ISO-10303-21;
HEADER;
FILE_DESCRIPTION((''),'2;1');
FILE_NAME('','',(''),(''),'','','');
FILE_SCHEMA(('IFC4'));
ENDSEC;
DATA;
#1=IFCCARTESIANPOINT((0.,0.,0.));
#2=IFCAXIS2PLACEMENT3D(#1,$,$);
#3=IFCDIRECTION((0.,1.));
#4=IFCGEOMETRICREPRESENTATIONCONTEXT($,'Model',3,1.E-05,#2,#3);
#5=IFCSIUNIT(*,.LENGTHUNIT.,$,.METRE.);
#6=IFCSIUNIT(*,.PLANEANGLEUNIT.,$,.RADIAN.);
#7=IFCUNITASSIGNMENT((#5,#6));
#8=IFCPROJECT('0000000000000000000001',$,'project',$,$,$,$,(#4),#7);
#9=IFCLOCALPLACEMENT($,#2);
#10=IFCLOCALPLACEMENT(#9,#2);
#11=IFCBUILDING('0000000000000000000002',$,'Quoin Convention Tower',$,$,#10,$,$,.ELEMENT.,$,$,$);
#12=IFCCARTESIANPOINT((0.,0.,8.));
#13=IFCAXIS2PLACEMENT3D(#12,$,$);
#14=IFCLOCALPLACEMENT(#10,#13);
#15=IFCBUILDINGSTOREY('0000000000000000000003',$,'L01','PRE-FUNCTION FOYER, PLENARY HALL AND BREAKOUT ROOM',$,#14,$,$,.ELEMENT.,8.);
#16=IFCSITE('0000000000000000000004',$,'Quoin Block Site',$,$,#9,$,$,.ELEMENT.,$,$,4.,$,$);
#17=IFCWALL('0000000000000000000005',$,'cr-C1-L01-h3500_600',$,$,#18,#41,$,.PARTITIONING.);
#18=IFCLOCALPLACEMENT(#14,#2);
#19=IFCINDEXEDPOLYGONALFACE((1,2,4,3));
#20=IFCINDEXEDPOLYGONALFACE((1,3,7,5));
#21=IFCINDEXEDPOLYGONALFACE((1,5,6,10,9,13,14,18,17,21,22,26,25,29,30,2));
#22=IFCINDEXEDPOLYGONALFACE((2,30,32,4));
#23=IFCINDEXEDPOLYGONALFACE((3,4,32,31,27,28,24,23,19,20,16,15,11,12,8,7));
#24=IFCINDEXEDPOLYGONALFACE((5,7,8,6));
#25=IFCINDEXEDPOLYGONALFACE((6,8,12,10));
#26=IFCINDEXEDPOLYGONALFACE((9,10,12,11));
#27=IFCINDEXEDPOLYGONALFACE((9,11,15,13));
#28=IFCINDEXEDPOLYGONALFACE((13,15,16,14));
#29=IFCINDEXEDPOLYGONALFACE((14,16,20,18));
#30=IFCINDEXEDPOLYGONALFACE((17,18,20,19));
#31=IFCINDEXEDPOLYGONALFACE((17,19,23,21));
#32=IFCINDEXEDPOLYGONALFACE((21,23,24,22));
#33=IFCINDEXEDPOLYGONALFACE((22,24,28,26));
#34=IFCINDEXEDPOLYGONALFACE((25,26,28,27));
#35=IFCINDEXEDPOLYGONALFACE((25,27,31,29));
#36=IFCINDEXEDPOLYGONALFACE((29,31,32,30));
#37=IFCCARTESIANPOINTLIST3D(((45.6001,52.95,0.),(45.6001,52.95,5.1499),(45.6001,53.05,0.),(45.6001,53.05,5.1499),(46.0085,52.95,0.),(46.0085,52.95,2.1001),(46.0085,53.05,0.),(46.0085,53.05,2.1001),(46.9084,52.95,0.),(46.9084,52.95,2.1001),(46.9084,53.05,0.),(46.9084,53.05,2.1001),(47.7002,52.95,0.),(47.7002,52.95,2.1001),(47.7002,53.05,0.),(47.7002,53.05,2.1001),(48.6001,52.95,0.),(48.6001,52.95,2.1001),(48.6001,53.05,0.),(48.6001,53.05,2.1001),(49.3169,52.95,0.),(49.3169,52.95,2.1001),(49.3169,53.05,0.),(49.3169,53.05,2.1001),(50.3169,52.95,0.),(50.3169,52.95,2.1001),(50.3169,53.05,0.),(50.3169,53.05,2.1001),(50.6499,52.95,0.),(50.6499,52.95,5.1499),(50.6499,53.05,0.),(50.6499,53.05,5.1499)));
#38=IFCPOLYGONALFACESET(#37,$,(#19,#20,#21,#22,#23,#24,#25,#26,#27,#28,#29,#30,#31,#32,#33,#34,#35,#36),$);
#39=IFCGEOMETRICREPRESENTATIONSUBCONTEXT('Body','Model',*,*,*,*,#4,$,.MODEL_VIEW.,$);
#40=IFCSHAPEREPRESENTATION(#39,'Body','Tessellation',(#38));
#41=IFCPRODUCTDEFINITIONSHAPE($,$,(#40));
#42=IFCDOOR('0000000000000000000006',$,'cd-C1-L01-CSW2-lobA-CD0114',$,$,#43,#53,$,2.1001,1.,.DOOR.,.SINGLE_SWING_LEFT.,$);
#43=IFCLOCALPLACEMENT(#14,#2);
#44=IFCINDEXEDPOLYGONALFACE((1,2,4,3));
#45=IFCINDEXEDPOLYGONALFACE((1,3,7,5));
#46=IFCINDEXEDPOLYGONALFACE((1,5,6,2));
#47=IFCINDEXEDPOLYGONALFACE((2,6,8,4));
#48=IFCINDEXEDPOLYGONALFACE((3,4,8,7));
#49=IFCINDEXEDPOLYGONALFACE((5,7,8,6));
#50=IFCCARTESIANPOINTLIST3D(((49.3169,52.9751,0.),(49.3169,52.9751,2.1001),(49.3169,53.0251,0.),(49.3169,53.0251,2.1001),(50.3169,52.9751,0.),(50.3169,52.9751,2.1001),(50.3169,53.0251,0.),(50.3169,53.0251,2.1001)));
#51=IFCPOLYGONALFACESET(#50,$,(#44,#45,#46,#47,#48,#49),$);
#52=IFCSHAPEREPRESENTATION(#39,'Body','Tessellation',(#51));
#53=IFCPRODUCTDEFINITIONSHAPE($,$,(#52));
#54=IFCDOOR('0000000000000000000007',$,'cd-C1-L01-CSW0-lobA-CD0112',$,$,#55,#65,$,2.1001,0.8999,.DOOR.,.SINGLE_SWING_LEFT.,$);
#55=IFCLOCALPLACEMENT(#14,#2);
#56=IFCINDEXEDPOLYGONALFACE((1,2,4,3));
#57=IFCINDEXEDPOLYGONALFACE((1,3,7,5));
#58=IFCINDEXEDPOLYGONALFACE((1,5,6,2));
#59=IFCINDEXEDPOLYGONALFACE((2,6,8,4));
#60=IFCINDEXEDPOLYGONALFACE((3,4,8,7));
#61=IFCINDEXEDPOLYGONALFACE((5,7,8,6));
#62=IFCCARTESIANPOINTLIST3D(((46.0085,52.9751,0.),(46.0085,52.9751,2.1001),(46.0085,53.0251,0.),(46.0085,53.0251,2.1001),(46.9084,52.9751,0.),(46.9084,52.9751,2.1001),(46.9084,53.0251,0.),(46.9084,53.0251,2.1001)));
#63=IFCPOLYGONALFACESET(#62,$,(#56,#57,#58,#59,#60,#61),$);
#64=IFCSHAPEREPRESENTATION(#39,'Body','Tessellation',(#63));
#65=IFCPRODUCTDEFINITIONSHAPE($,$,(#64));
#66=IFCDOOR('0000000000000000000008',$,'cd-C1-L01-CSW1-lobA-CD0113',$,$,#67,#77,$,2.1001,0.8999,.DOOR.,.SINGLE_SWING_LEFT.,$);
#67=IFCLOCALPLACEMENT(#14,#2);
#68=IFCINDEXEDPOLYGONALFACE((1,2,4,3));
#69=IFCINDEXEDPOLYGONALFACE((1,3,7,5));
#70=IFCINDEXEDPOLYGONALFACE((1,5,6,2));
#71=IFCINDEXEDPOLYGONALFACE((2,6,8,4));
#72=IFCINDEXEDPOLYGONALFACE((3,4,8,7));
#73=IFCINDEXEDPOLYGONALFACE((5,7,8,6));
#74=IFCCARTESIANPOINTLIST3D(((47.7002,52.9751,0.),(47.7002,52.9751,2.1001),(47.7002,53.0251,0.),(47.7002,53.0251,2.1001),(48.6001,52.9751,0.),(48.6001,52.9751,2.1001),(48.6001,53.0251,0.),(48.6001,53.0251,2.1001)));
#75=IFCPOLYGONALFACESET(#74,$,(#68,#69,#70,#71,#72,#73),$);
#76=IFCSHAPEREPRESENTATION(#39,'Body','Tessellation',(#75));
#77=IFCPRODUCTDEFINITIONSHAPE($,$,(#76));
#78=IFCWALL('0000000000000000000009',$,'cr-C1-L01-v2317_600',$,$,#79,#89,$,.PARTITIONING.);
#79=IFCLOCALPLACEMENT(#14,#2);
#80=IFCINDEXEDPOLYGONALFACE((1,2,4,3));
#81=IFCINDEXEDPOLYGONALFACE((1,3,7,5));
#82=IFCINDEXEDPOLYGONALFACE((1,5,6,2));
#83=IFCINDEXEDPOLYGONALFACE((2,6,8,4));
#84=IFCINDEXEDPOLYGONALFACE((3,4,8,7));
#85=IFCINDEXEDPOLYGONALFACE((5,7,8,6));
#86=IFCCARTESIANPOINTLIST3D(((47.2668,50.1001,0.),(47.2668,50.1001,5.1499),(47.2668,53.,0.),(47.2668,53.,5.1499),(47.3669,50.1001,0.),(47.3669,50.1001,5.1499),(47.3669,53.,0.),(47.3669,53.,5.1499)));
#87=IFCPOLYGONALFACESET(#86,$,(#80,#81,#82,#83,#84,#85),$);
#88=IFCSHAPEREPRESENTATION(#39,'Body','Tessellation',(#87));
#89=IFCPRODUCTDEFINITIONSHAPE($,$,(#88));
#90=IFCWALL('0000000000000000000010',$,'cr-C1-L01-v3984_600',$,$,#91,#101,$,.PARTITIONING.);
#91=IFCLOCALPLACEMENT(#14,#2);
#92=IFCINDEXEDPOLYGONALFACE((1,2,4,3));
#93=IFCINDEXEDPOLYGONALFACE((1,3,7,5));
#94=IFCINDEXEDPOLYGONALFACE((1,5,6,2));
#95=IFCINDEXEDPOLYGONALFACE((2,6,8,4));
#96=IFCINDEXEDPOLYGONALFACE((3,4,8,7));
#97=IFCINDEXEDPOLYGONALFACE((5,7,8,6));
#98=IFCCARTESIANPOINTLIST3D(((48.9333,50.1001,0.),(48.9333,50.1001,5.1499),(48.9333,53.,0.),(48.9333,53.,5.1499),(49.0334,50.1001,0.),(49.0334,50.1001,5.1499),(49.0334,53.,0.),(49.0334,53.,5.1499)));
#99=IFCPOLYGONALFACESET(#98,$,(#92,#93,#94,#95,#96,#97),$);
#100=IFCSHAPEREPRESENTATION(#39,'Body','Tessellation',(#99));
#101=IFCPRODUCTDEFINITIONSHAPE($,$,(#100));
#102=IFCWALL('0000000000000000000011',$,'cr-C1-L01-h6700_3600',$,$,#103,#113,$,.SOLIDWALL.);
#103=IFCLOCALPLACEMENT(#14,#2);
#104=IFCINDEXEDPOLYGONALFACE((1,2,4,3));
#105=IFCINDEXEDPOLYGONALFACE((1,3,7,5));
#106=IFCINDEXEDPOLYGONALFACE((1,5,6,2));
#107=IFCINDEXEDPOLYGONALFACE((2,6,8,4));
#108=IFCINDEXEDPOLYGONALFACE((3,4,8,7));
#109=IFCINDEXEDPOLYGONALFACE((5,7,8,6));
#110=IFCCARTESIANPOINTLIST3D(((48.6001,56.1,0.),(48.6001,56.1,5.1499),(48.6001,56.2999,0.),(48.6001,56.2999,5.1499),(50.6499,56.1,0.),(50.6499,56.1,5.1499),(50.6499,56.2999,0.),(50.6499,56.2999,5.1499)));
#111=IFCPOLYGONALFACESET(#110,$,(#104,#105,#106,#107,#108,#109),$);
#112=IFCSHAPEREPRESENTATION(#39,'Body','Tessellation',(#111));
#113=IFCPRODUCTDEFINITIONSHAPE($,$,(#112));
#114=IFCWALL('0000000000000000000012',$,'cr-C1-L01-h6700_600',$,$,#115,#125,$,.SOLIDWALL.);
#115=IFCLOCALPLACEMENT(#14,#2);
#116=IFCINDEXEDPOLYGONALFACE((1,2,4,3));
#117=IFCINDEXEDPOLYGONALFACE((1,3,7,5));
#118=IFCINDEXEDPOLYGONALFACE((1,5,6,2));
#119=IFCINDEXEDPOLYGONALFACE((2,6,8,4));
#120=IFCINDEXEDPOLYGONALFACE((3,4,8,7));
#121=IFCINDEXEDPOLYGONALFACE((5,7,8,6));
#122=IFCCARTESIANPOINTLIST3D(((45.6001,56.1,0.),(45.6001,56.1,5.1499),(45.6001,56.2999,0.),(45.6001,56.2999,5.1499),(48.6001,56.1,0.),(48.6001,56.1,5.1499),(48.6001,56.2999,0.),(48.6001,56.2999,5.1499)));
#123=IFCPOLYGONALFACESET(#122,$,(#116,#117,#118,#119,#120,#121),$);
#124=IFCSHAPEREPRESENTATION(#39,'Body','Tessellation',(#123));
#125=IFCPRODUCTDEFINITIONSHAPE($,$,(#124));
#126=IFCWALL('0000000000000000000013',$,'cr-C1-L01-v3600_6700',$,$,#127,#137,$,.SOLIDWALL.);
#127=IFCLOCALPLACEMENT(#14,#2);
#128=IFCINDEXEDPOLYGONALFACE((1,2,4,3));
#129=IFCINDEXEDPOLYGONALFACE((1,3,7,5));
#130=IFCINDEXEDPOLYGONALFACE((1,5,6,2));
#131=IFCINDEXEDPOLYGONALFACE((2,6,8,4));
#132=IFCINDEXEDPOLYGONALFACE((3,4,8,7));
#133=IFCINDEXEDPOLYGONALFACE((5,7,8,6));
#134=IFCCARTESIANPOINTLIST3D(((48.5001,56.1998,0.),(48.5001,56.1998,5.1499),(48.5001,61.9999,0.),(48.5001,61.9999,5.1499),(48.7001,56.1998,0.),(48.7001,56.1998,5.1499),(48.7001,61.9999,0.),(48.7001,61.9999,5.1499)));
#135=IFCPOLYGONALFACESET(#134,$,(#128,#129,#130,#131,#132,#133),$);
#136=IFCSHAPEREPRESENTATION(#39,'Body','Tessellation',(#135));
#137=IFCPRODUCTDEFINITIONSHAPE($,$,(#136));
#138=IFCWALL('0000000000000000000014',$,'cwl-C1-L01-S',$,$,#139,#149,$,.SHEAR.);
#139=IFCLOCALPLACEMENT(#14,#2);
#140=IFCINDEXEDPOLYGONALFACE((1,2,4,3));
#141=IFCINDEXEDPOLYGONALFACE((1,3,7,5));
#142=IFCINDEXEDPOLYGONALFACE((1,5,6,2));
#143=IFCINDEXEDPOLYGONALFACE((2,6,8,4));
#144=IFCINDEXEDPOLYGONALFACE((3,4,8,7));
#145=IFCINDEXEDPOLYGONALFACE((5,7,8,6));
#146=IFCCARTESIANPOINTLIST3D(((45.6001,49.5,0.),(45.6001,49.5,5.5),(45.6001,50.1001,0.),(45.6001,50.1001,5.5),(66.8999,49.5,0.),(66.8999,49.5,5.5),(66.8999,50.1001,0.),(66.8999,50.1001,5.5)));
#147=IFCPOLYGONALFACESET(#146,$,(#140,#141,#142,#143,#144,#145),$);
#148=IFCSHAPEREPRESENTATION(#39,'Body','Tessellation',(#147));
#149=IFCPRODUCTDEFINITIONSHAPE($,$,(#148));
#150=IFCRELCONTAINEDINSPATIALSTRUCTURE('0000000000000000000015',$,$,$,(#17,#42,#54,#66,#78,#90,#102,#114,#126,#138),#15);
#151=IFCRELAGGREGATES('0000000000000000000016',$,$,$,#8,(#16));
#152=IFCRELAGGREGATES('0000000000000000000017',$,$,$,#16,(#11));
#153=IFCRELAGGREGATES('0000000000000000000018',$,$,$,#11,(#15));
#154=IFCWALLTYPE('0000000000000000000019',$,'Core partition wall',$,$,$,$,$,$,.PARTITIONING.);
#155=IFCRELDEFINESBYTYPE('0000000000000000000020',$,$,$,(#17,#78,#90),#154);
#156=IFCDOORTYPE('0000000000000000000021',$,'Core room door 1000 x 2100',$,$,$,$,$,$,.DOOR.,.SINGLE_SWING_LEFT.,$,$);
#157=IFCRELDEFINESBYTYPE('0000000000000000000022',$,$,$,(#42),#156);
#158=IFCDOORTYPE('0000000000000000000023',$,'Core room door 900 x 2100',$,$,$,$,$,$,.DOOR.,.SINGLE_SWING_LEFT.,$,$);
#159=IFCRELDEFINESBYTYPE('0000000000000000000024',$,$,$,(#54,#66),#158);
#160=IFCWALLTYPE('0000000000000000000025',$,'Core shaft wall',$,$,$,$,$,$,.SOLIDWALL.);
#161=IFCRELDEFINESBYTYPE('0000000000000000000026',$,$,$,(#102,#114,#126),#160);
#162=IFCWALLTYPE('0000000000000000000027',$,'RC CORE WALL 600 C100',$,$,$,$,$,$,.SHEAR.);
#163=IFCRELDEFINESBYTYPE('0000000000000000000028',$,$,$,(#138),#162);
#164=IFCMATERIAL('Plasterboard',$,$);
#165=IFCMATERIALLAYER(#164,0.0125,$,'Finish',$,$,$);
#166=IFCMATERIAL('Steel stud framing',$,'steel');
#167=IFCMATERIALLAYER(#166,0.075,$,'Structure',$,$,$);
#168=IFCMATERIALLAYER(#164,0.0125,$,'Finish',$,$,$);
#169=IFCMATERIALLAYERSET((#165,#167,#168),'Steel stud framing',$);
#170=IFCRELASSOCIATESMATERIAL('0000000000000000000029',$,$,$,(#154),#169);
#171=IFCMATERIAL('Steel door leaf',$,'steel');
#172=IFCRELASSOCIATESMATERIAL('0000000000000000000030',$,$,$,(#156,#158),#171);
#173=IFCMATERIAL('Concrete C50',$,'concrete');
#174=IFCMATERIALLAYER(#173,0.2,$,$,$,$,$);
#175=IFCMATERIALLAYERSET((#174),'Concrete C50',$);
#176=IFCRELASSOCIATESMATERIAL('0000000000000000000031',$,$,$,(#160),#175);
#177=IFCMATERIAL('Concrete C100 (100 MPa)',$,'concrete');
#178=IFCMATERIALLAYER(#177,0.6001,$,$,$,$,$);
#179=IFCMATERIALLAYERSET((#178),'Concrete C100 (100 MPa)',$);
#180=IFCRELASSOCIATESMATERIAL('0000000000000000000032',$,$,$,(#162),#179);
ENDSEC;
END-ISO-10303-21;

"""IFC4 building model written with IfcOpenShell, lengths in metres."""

from ifc_helpers import new_model, si_unit, direction, frame, frame_2d, origin, place, context, subcontext, project, spatial, rectangle, extrude, material, layer, layer_set, type_object, element, fill, save


model = new_model("IFC4")

# Units and contexts
model_context = context("Model", 3, precision=1e-05, world=origin(), true_north=direction((0.0, 1.0)))
body_context = subcontext(model_context, "Body", "Model", "MODEL_VIEW")
ifc_project = project(units=[si_unit("LENGTHUNIT", "METRE"), si_unit("PLANEANGLEUNIT", "RADIAN")], contexts=[model_context])

# Site, building, storey
site_placement = place(None, origin())
site = spatial("IfcSite", under=ifc_project, at=site_placement, Name="Quoin Block Site", CompositionType="ELEMENT", RefElevation=4.0)
building_placement = place(site_placement, origin())
building = spatial("IfcBuilding", under=site, at=building_placement, Name="Quoin Convention Tower", CompositionType="ELEMENT")
storey_placement = place(building_placement, frame((0.0, 0.0, 8.0)))
storey = spatial("IfcBuildingStorey", under=building, at=storey_placement, Name="L01", Description="PRE-FUNCTION FOYER, PLENARY HALL AND BREAKOUT ROOM", CompositionType="ELEMENT", Elevation=8.0)

# Wall, openings, doors
ifc_material_1 = material(Name="Plasterboard")
ifc_layer_1 = layer(ifc_material_1, 0.0125, Name="Finish")
ifc_material_2 = material(Name="Steel stud framing", Category="steel")
ifc_layer_2 = layer(ifc_material_2, 0.075, Name="Structure")
ifc_layer_3 = layer(ifc_material_1, 0.0125, Name="Finish")
ifc_layer_set_1 = layer_set([ifc_layer_1, ifc_layer_2, ifc_layer_3], Name="Steel stud framing")
wall_type_1 = type_object("IfcWallType", Name="Core partition wall", PredefinedType="PARTITIONING", material=ifc_layer_set_1)
wall_1_placement = place(storey_placement, frame((45.6001, 53.0, 0.0), z_axis=(0.0, 0.0, 1.0), x_axis=(1.0, 0.0, 0.0)))
wall_1 = element("IfcWall", 1, at=wall_1_placement, inside=storey, type_object=wall_type_1, Name="cr-C1-L01-h3500_600", PredefinedType="PARTITIONING", context=body_context, shape_type="SweptSolid", body=[
    extrude(rectangle(XDim=5.0498, YDim=0.1001, at=frame_2d((2.5249, 0.0))), origin(), (0.0, 0.0, 1.0), 5.1499),
])
opening_1_placement = place(wall_1_placement, frame((0.4084, 0.0, 0.0)))
opening_1 = element("IfcOpeningElement", 2, at=opening_1_placement, cuts=wall_1, PredefinedType="OPENING", context=body_context, shape_type="SweptSolid", body=[
    extrude(rectangle(XDim=0.8999, YDim=2.1001, at=frame_2d((0.45, 1.05))), frame((0.0, 0.0601, 0.0), z_axis=(0.0, -1.0, 0.0), x_axis=(1.0, 0.0, 0.0)), (0.0, 0.0, 1.0), 0.1201),
])
opening_2_placement = place(wall_1_placement, frame((2.1001, 0.0, 0.0)))
opening_2 = element("IfcOpeningElement", 3, at=opening_2_placement, cuts=wall_1, PredefinedType="OPENING", context=body_context, shape_type="SweptSolid", body=[
    extrude(rectangle(XDim=0.8999, YDim=2.1001, at=frame_2d((0.45, 1.05))), frame((0.0, 0.0601, 0.0), z_axis=(0.0, -1.0, 0.0), x_axis=(1.0, 0.0, 0.0)), (0.0, 0.0, 1.0), 0.1201),
])
opening_3_placement = place(wall_1_placement, frame((3.7168, 0.0, 0.0)))
opening_3 = element("IfcOpeningElement", 4, at=opening_3_placement, cuts=wall_1, PredefinedType="OPENING", context=body_context, shape_type="SweptSolid", body=[
    extrude(rectangle(XDim=1.0, YDim=2.1001, at=frame_2d((0.5, 1.05))), frame((0.0, 0.0601, 0.0), z_axis=(0.0, -1.0, 0.0), x_axis=(1.0, 0.0, 0.0)), (0.0, 0.0, 1.0), 0.1201),
])
ifc_material_3 = material(Name="Steel door leaf", Category="steel")
door_type_1 = type_object("IfcDoorType", Name="Core room door 1000 x 2100", OperationType="SINGLE_SWING_LEFT", PredefinedType="DOOR", material=ifc_material_3)
door_1_placement = place(opening_3_placement, frame((1.0, 0.0, 0.0), z_axis=(0.0, 0.0, 1.0), x_axis=(-1.0, 0.0, 0.0)))
door_1 = element("IfcDoor", 5, at=door_1_placement, inside=storey, type_object=door_type_1, Name="cd-C1-L01-CSW2-lobA-CD0114", OperationType="SINGLE_SWING_LEFT", OverallHeight=2.1001, OverallWidth=1.0, PredefinedType="DOOR", context=body_context, shape_type="SweptSolid", body=[
    extrude(rectangle(XDim=1.0, YDim=2.1001, at=frame_2d((0.5, 1.05))), frame((0.0, 0.0249, 0.0), z_axis=(0.0, -1.0, 0.0), x_axis=(1.0, 0.0, 0.0)), (0.0, 0.0, 1.0), 0.05),
])
fill(opening_3, door_1)
door_type_2 = type_object("IfcDoorType", Name="Core room door 900 x 2100", OperationType="SINGLE_SWING_LEFT", PredefinedType="DOOR", material=ifc_material_3)
door_2_placement = place(opening_1_placement, frame((0.8999, 0.0, 0.0), z_axis=(0.0, 0.0, 1.0), x_axis=(-1.0, 0.0, 0.0)))
door_2 = element("IfcDoor", 6, at=door_2_placement, inside=storey, type_object=door_type_2, Name="cd-C1-L01-CSW0-lobA-CD0112", OperationType="SINGLE_SWING_LEFT", OverallHeight=2.1001, OverallWidth=0.8999, PredefinedType="DOOR", context=body_context, shape_type="SweptSolid", body=[
    extrude(rectangle(XDim=0.8999, YDim=2.1001, at=frame_2d((0.45, 1.05))), frame((0.0, 0.0249, 0.0), z_axis=(0.0, -1.0, 0.0), x_axis=(1.0, 0.0, 0.0)), (0.0, 0.0, 1.0), 0.05),
])
fill(opening_1, door_2)
door_3_placement = place(opening_2_placement, frame((0.8999, 0.0, 0.0), z_axis=(0.0, 0.0, 1.0), x_axis=(-1.0, 0.0, 0.0)))
door_3 = element("IfcDoor", 7, at=door_3_placement, inside=storey, type_object=door_type_2, Name="cd-C1-L01-CSW1-lobA-CD0113", OperationType="SINGLE_SWING_LEFT", OverallHeight=2.1001, OverallWidth=0.8999, PredefinedType="DOOR", context=body_context, shape_type="SweptSolid", body=[
    extrude(rectangle(XDim=0.8999, YDim=2.1001, at=frame_2d((0.45, 1.05))), frame((0.0, 0.0249, 0.0), z_axis=(0.0, -1.0, 0.0), x_axis=(1.0, 0.0, 0.0)), (0.0, 0.0, 1.0), 0.05),
])
fill(opening_2, door_3)

# Walls
for number, where, z_axis, x_axis, name in (
    (8, (47.3169, 50.1001, 0.0), (0.0, 0.0, 1.0), (0.0, 1.0, 0.0), "cr-C1-L01-v2317_600"),
    (9, (48.9834, 50.1001, 0.0), (0.0, 0.0, 1.0), (0.0, 1.0, 0.0), "cr-C1-L01-v3984_600"),
):
    element("IfcWall", number, at=place(storey_placement, frame(where, z_axis=z_axis, x_axis=x_axis)), inside=storey, type_object=wall_type_1, Name=name, PredefinedType="PARTITIONING", context=body_context, shape_type="SweptSolid", body=[
        extrude(rectangle(XDim=2.8999, YDim=0.1001, at=frame_2d((1.45, 0.0))), origin(), (0.0, 0.0, 1.0), 5.1499),
    ])
ifc_material_4 = material(Name="Concrete C50", Category="concrete")
ifc_layer_4 = layer(ifc_material_4, 0.2)
ifc_layer_set_2 = layer_set([ifc_layer_4], Name="Concrete C50")
wall_type_2 = type_object("IfcWallType", Name="Core shaft wall", PredefinedType="SOLIDWALL", material=ifc_layer_set_2)
wall_2_placement = place(storey_placement, frame((48.6001, 56.2, 0.0), z_axis=(0.0, 0.0, 1.0), x_axis=(1.0, 0.0, 0.0)))
element("IfcWall", 10, at=wall_2_placement, inside=storey, type_object=wall_type_2, Name="cr-C1-L01-h6700_3600", PredefinedType="SOLIDWALL", context=body_context, shape_type="SweptSolid", body=[
    extrude(rectangle(XDim=2.0498, YDim=0.2, at=frame_2d((1.0249, 0.0))), origin(), (0.0, 0.0, 1.0), 5.1499),
])
wall_3_placement = place(storey_placement, frame((45.6001, 56.2, 0.0), z_axis=(0.0, 0.0, 1.0), x_axis=(1.0, 0.0, 0.0)))
element("IfcWall", 11, at=wall_3_placement, inside=storey, type_object=wall_type_2, Name="cr-C1-L01-h6700_600", PredefinedType="SOLIDWALL", context=body_context, shape_type="SweptSolid", body=[
    extrude(rectangle(XDim=3.0, YDim=0.2, at=frame_2d((1.5, 0.0))), origin(), (0.0, 0.0, 1.0), 5.1499),
])
wall_4_placement = place(storey_placement, frame((48.6001, 56.2, 0.0), z_axis=(0.0, 0.0, 1.0), x_axis=(0.0, 1.0, 0.0)))
element("IfcWall", 12, at=wall_4_placement, inside=storey, type_object=wall_type_2, Name="cr-C1-L01-v3600_6700", PredefinedType="SOLIDWALL", context=body_context, shape_type="SweptSolid", body=[
    extrude(rectangle(XDim=5.8, YDim=0.2, at=frame_2d((2.8999, 0.0))), origin(), (0.0, 0.0, 1.0), 5.1499),
])
ifc_material_5 = material(Name="Concrete C100 (100 MPa)", Category="concrete")
ifc_layer_5 = layer(ifc_material_5, 0.6001)
ifc_layer_set_3 = layer_set([ifc_layer_5], Name="Concrete C100 (100 MPa)")
wall_type_3 = type_object("IfcWallType", Name="RC CORE WALL 600 C100", PredefinedType="SHEAR", material=ifc_layer_set_3)
wall_5_placement = place(storey_placement, frame((45.6001, 49.8, 0.0), z_axis=(0.0, 0.0, 1.0), x_axis=(1.0, 0.0, 0.0)))
element("IfcWall", 13, at=wall_5_placement, inside=storey, type_object=wall_type_3, Name="cwl-C1-L01-S", PredefinedType="SHEAR", context=body_context, shape_type="SweptSolid", body=[
    extrude(rectangle(XDim=21.2998, YDim=0.6001, at=frame_2d((10.6499, 0.0))), origin(), (0.0, 0.0, 1.0), 5.5),
])

save(model, "model.ifc")
